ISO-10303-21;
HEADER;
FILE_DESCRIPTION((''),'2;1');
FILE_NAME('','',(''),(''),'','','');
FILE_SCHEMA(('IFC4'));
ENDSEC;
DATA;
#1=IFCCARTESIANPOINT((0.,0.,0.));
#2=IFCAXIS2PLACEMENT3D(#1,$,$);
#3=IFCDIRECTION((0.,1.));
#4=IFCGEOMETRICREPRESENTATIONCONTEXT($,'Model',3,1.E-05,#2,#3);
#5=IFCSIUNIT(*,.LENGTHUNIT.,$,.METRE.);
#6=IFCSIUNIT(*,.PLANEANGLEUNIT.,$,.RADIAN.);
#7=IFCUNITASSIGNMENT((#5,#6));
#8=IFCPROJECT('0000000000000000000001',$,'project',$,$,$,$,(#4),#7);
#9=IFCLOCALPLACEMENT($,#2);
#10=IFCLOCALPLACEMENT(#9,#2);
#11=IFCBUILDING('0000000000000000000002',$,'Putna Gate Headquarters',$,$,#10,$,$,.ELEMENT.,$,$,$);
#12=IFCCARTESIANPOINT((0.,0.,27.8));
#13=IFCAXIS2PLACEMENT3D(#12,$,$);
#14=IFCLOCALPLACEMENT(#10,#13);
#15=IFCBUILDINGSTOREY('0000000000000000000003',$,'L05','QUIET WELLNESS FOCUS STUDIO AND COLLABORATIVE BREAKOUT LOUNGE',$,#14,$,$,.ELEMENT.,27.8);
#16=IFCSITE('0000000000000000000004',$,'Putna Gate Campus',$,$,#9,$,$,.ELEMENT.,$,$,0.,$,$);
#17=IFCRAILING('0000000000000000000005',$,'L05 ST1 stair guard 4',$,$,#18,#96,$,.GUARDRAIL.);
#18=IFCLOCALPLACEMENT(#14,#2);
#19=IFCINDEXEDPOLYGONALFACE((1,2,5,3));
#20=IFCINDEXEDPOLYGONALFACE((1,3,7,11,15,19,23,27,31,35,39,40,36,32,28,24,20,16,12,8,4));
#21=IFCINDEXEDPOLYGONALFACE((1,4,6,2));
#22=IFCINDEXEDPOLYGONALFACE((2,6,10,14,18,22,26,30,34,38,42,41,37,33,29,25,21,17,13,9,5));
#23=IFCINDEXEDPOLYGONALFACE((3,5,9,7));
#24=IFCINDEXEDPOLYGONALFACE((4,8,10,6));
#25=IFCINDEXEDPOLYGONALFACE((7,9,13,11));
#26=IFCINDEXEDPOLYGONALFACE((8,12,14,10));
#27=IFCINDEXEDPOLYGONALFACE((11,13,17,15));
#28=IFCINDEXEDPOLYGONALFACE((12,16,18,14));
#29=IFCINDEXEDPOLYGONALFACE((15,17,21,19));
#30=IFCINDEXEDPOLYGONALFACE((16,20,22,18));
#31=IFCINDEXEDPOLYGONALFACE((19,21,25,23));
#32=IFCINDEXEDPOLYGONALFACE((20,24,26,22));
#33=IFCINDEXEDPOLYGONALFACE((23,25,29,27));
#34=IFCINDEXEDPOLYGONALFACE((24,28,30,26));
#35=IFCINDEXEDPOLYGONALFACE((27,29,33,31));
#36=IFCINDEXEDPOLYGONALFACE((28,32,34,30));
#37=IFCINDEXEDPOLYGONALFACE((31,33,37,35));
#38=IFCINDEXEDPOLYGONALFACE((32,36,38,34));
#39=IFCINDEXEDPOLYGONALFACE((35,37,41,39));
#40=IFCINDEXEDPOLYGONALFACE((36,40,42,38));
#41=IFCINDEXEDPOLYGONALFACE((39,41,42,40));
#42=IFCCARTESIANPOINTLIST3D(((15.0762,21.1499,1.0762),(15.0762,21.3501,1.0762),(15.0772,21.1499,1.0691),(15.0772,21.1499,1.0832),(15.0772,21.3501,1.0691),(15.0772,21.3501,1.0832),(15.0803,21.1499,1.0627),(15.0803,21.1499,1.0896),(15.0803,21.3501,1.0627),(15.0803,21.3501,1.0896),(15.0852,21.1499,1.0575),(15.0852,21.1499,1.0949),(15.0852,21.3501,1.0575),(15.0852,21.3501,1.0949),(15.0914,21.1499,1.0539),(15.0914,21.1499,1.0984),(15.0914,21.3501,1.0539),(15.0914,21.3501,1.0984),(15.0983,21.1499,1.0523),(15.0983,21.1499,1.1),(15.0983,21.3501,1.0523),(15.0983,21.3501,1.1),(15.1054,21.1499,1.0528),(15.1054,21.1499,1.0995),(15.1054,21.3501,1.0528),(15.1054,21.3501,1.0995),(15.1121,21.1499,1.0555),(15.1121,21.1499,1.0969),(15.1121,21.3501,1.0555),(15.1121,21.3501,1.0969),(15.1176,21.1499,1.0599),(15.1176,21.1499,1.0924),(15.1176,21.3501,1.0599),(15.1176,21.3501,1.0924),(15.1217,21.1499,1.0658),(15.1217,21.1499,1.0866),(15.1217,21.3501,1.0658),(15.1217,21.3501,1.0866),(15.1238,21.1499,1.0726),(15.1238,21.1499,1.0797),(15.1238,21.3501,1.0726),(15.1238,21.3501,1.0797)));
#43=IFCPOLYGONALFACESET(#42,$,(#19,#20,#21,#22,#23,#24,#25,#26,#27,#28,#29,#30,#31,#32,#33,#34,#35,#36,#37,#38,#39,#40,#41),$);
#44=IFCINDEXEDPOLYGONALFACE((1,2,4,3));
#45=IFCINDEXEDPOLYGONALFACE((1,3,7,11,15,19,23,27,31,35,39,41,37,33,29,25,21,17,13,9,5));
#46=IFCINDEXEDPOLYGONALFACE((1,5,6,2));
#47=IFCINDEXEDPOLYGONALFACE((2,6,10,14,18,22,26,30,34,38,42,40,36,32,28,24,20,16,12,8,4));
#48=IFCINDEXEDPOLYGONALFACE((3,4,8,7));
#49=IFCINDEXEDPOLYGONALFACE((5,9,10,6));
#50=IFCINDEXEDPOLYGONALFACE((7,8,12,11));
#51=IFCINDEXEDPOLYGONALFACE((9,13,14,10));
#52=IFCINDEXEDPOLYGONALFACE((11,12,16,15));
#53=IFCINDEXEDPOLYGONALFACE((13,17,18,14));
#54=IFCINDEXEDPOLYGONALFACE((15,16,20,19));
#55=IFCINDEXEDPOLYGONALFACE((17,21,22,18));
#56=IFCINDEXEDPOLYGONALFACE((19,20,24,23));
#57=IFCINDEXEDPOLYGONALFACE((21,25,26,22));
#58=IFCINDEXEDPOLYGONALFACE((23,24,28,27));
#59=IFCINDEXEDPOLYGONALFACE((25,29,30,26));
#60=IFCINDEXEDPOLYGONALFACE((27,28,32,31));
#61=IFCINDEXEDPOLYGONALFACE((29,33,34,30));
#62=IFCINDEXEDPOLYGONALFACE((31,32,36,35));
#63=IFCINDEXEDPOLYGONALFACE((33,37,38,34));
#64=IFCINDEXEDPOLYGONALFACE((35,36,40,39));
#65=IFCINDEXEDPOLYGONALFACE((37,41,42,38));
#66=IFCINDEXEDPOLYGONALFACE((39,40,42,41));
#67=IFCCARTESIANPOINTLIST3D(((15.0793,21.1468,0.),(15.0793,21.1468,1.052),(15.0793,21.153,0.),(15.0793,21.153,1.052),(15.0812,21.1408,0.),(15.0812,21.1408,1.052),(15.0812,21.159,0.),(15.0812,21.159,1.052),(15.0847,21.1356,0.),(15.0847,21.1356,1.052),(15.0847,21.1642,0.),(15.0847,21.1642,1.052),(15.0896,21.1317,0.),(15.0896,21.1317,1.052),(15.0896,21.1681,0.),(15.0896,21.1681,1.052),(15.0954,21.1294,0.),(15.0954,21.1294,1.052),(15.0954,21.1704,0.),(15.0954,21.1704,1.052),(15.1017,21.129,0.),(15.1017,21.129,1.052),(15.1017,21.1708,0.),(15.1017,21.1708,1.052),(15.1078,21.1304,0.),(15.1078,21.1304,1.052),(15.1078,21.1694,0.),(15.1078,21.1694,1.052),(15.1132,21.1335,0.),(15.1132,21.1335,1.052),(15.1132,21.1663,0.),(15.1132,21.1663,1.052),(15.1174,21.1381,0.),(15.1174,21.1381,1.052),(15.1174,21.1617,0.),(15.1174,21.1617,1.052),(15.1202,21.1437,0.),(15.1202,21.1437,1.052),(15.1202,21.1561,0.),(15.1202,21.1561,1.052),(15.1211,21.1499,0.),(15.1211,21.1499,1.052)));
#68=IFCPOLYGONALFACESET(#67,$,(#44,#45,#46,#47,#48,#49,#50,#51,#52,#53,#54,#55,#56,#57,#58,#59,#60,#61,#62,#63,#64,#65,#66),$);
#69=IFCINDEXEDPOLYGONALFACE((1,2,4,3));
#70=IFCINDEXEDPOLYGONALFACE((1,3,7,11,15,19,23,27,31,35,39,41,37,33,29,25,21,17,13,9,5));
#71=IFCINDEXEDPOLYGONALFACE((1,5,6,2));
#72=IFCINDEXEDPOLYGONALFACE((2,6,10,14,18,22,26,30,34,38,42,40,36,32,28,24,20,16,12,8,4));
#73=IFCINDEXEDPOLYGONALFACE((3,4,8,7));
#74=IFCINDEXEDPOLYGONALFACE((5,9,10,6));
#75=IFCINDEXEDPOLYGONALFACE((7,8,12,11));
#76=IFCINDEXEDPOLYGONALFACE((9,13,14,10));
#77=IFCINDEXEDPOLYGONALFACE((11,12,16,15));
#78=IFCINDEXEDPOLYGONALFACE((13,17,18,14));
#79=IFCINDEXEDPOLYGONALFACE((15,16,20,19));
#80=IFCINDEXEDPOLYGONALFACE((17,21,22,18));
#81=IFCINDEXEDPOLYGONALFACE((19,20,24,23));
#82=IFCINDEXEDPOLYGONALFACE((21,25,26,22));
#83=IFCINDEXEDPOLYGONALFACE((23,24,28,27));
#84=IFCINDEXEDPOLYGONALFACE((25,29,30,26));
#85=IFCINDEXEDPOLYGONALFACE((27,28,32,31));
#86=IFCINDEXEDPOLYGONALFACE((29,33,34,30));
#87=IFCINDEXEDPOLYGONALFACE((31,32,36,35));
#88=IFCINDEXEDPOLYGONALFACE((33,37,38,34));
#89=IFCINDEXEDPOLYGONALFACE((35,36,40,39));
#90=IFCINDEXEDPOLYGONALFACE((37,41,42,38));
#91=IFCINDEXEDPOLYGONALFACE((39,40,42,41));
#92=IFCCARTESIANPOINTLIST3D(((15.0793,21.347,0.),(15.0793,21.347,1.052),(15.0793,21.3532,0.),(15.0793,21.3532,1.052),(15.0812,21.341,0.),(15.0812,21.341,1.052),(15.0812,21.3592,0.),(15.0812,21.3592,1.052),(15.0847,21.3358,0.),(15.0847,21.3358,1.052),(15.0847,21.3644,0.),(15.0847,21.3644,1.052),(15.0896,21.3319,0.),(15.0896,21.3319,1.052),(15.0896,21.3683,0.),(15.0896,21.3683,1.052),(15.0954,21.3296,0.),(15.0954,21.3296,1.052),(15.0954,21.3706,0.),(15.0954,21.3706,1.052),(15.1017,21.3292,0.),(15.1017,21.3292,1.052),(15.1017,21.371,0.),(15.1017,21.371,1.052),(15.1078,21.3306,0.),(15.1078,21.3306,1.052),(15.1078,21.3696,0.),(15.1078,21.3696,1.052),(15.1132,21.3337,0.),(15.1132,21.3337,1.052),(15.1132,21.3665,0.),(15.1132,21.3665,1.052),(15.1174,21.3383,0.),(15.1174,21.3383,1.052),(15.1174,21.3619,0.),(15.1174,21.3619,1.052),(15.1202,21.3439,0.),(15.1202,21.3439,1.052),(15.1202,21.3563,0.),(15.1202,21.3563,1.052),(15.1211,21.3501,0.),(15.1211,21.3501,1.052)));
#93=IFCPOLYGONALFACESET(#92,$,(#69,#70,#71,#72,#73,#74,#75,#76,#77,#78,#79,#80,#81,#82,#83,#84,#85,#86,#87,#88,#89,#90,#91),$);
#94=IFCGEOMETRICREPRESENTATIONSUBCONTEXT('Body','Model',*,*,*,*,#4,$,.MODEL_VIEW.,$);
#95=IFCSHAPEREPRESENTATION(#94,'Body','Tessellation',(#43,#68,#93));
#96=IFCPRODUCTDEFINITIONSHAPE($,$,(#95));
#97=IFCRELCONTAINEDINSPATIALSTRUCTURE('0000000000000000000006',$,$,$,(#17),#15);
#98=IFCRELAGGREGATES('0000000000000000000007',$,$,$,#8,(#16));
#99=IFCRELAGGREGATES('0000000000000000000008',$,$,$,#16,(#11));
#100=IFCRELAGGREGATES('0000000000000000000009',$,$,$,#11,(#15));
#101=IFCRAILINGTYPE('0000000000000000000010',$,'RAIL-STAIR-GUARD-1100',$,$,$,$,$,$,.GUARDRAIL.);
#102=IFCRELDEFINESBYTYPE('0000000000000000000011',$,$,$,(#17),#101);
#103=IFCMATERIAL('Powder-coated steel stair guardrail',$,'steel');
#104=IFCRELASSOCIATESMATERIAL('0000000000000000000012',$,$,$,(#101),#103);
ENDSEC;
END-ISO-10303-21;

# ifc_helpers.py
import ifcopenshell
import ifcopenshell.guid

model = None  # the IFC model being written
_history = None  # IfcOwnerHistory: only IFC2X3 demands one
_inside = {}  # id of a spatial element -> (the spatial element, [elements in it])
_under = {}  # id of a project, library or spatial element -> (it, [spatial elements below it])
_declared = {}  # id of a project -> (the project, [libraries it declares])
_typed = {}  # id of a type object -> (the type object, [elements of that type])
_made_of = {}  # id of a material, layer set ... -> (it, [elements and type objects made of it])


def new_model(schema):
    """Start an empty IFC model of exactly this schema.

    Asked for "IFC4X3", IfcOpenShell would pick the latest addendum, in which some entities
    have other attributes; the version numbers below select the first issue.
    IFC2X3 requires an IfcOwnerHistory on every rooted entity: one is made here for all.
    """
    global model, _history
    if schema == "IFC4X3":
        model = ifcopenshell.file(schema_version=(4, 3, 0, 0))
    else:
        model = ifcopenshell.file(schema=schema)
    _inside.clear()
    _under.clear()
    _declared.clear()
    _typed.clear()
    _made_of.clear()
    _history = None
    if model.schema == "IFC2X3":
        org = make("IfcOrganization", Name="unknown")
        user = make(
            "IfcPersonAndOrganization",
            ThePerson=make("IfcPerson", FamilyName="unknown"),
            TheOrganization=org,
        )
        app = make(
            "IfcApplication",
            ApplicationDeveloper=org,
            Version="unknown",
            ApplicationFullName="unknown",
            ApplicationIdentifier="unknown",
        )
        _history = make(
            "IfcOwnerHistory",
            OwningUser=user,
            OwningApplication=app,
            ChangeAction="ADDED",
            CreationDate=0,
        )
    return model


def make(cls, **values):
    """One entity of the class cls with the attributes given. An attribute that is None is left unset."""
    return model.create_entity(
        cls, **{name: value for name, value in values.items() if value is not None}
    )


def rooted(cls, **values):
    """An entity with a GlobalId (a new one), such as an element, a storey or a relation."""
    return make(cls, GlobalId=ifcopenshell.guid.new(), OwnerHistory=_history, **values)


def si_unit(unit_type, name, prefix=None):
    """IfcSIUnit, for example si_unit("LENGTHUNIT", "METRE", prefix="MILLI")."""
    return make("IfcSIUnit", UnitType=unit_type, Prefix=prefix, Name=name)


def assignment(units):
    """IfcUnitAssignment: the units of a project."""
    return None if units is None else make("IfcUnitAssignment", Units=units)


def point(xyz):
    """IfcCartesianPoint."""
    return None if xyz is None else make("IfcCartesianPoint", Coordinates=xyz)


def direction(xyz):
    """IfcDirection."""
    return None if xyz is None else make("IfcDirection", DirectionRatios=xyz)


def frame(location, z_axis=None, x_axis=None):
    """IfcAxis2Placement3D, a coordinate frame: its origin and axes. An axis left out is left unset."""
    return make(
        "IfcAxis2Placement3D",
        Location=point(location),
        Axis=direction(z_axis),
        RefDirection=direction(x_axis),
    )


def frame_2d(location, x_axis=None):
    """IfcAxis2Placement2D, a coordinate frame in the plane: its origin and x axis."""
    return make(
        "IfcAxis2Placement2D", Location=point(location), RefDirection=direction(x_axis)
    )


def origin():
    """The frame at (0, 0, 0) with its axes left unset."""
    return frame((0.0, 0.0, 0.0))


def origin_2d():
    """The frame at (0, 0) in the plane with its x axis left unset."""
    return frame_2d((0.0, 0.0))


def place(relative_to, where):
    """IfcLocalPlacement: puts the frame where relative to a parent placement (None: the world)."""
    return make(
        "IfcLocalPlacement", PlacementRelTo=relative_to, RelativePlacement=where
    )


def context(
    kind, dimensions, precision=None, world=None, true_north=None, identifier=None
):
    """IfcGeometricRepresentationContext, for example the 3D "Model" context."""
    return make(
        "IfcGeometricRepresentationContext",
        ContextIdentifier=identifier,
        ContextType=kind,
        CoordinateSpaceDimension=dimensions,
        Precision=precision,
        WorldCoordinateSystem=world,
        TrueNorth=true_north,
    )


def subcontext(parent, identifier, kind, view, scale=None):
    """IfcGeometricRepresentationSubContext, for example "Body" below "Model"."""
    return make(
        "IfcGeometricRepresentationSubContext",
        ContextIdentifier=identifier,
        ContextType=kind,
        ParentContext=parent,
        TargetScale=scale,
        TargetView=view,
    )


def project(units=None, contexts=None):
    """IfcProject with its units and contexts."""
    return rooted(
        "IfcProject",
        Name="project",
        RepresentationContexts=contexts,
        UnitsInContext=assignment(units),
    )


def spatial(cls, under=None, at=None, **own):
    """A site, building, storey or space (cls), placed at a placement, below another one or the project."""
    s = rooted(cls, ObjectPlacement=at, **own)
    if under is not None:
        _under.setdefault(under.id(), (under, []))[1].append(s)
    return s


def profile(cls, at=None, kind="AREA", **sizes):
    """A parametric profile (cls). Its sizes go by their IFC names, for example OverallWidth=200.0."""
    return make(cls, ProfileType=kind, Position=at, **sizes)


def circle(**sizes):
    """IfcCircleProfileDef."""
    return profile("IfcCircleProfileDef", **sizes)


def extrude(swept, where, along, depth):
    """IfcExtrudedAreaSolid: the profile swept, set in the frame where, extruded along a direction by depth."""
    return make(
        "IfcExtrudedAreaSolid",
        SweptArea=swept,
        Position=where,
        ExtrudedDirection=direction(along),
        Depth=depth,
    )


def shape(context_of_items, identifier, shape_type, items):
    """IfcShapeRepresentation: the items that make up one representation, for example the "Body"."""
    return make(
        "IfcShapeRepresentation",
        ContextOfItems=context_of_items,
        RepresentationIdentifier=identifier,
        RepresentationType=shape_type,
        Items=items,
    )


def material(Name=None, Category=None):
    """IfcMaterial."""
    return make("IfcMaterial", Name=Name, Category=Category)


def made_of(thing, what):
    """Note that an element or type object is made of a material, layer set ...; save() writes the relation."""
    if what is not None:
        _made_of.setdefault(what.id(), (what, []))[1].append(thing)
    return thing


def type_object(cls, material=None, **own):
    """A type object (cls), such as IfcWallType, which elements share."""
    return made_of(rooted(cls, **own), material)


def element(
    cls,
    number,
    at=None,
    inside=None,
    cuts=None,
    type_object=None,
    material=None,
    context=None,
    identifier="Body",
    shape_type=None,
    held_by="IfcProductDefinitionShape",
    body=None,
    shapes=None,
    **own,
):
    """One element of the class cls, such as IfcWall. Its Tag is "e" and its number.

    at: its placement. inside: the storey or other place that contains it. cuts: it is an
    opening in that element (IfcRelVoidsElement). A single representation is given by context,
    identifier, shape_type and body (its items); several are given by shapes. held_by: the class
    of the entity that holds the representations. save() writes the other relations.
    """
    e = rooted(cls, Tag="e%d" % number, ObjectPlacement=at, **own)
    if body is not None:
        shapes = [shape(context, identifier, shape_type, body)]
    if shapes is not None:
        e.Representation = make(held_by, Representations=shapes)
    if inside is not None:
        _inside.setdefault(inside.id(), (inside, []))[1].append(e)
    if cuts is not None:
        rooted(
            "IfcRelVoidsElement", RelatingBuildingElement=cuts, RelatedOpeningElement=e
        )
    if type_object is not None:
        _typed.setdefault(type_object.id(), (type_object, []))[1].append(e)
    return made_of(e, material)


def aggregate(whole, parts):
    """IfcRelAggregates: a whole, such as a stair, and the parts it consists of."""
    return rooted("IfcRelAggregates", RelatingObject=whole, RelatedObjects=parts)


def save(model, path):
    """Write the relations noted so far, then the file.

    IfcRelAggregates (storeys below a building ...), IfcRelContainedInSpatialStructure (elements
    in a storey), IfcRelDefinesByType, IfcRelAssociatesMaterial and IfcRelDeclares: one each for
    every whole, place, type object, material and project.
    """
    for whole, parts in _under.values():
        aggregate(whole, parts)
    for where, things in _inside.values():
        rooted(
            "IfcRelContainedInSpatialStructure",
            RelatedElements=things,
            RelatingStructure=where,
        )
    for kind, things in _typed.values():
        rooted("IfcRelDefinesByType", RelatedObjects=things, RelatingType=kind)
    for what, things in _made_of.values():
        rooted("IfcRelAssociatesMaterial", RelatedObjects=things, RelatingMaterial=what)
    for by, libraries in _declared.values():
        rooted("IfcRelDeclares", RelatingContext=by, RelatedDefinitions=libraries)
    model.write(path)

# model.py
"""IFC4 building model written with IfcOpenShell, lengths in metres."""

from ifc_helpers import new_model, si_unit, direction, frame, origin, origin_2d, place, context, subcontext, project, spatial, circle, extrude, material, type_object, element, save


model = new_model("IFC4")

# Units and contexts
model_context = context("Model", 3, precision=1e-05, world=origin(), true_north=direction((0.0, 1.0)))
body_context = subcontext(model_context, "Body", "Model", "MODEL_VIEW")
ifc_project = project(units=[si_unit("LENGTHUNIT", "METRE"), si_unit("PLANEANGLEUNIT", "RADIAN")], contexts=[model_context])

# Site, building, storey
site_placement = place(None, origin())
site = spatial("IfcSite", under=ifc_project, at=site_placement, Name="Putna Gate Campus", CompositionType="ELEMENT", RefElevation=0.0)
building_placement = place(site_placement, origin())
building = spatial("IfcBuilding", under=site, at=building_placement, Name="Putna Gate Headquarters", CompositionType="ELEMENT")
storey_placement = place(building_placement, frame((0.0, 0.0, 27.8)))
storey = spatial("IfcBuildingStorey", under=building, at=storey_placement, Name="L05", Description="QUIET WELLNESS FOCUS STUDIO AND COLLABORATIVE BREAKOUT LOUNGE", CompositionType="ELEMENT", Elevation=27.8)

# Railing
ifc_material_1 = material(Name="Powder-coated steel stair guardrail", Category="steel")
railing_type_1 = type_object("IfcRailingType", Name="RAIL-STAIR-GUARD-1100", PredefinedType="GUARDRAIL", material=ifc_material_1)
railing_1_placement = place(storey_placement, frame((15.1001, 21.1499, 0.0)))
element("IfcRailing", 1, at=railing_1_placement, inside=storey, type_object=railing_type_1, Name="L05 ST1 stair guard 4", PredefinedType="GUARDRAIL", context=body_context, shape_type="SweptSolid", body=[
    extrude(circle(Radius=0.0239, at=origin_2d()), frame((0.0, 0.0, 1.0762), z_axis=(0.0, 1.0, 0.0), x_axis=(-1.0, 0.0, 0.0)), (0.0, 0.0, 1.0), 0.2002),
    extrude(circle(Radius=0.021, at=origin_2d()), origin(), (0.0, 0.0, 1.0), 1.052),
    extrude(circle(Radius=0.021, at=origin_2d()), frame((0.0, 0.2002, 0.0)), (0.0, 0.0, 1.0), 1.052),
])

save(model, "model.ifc")
